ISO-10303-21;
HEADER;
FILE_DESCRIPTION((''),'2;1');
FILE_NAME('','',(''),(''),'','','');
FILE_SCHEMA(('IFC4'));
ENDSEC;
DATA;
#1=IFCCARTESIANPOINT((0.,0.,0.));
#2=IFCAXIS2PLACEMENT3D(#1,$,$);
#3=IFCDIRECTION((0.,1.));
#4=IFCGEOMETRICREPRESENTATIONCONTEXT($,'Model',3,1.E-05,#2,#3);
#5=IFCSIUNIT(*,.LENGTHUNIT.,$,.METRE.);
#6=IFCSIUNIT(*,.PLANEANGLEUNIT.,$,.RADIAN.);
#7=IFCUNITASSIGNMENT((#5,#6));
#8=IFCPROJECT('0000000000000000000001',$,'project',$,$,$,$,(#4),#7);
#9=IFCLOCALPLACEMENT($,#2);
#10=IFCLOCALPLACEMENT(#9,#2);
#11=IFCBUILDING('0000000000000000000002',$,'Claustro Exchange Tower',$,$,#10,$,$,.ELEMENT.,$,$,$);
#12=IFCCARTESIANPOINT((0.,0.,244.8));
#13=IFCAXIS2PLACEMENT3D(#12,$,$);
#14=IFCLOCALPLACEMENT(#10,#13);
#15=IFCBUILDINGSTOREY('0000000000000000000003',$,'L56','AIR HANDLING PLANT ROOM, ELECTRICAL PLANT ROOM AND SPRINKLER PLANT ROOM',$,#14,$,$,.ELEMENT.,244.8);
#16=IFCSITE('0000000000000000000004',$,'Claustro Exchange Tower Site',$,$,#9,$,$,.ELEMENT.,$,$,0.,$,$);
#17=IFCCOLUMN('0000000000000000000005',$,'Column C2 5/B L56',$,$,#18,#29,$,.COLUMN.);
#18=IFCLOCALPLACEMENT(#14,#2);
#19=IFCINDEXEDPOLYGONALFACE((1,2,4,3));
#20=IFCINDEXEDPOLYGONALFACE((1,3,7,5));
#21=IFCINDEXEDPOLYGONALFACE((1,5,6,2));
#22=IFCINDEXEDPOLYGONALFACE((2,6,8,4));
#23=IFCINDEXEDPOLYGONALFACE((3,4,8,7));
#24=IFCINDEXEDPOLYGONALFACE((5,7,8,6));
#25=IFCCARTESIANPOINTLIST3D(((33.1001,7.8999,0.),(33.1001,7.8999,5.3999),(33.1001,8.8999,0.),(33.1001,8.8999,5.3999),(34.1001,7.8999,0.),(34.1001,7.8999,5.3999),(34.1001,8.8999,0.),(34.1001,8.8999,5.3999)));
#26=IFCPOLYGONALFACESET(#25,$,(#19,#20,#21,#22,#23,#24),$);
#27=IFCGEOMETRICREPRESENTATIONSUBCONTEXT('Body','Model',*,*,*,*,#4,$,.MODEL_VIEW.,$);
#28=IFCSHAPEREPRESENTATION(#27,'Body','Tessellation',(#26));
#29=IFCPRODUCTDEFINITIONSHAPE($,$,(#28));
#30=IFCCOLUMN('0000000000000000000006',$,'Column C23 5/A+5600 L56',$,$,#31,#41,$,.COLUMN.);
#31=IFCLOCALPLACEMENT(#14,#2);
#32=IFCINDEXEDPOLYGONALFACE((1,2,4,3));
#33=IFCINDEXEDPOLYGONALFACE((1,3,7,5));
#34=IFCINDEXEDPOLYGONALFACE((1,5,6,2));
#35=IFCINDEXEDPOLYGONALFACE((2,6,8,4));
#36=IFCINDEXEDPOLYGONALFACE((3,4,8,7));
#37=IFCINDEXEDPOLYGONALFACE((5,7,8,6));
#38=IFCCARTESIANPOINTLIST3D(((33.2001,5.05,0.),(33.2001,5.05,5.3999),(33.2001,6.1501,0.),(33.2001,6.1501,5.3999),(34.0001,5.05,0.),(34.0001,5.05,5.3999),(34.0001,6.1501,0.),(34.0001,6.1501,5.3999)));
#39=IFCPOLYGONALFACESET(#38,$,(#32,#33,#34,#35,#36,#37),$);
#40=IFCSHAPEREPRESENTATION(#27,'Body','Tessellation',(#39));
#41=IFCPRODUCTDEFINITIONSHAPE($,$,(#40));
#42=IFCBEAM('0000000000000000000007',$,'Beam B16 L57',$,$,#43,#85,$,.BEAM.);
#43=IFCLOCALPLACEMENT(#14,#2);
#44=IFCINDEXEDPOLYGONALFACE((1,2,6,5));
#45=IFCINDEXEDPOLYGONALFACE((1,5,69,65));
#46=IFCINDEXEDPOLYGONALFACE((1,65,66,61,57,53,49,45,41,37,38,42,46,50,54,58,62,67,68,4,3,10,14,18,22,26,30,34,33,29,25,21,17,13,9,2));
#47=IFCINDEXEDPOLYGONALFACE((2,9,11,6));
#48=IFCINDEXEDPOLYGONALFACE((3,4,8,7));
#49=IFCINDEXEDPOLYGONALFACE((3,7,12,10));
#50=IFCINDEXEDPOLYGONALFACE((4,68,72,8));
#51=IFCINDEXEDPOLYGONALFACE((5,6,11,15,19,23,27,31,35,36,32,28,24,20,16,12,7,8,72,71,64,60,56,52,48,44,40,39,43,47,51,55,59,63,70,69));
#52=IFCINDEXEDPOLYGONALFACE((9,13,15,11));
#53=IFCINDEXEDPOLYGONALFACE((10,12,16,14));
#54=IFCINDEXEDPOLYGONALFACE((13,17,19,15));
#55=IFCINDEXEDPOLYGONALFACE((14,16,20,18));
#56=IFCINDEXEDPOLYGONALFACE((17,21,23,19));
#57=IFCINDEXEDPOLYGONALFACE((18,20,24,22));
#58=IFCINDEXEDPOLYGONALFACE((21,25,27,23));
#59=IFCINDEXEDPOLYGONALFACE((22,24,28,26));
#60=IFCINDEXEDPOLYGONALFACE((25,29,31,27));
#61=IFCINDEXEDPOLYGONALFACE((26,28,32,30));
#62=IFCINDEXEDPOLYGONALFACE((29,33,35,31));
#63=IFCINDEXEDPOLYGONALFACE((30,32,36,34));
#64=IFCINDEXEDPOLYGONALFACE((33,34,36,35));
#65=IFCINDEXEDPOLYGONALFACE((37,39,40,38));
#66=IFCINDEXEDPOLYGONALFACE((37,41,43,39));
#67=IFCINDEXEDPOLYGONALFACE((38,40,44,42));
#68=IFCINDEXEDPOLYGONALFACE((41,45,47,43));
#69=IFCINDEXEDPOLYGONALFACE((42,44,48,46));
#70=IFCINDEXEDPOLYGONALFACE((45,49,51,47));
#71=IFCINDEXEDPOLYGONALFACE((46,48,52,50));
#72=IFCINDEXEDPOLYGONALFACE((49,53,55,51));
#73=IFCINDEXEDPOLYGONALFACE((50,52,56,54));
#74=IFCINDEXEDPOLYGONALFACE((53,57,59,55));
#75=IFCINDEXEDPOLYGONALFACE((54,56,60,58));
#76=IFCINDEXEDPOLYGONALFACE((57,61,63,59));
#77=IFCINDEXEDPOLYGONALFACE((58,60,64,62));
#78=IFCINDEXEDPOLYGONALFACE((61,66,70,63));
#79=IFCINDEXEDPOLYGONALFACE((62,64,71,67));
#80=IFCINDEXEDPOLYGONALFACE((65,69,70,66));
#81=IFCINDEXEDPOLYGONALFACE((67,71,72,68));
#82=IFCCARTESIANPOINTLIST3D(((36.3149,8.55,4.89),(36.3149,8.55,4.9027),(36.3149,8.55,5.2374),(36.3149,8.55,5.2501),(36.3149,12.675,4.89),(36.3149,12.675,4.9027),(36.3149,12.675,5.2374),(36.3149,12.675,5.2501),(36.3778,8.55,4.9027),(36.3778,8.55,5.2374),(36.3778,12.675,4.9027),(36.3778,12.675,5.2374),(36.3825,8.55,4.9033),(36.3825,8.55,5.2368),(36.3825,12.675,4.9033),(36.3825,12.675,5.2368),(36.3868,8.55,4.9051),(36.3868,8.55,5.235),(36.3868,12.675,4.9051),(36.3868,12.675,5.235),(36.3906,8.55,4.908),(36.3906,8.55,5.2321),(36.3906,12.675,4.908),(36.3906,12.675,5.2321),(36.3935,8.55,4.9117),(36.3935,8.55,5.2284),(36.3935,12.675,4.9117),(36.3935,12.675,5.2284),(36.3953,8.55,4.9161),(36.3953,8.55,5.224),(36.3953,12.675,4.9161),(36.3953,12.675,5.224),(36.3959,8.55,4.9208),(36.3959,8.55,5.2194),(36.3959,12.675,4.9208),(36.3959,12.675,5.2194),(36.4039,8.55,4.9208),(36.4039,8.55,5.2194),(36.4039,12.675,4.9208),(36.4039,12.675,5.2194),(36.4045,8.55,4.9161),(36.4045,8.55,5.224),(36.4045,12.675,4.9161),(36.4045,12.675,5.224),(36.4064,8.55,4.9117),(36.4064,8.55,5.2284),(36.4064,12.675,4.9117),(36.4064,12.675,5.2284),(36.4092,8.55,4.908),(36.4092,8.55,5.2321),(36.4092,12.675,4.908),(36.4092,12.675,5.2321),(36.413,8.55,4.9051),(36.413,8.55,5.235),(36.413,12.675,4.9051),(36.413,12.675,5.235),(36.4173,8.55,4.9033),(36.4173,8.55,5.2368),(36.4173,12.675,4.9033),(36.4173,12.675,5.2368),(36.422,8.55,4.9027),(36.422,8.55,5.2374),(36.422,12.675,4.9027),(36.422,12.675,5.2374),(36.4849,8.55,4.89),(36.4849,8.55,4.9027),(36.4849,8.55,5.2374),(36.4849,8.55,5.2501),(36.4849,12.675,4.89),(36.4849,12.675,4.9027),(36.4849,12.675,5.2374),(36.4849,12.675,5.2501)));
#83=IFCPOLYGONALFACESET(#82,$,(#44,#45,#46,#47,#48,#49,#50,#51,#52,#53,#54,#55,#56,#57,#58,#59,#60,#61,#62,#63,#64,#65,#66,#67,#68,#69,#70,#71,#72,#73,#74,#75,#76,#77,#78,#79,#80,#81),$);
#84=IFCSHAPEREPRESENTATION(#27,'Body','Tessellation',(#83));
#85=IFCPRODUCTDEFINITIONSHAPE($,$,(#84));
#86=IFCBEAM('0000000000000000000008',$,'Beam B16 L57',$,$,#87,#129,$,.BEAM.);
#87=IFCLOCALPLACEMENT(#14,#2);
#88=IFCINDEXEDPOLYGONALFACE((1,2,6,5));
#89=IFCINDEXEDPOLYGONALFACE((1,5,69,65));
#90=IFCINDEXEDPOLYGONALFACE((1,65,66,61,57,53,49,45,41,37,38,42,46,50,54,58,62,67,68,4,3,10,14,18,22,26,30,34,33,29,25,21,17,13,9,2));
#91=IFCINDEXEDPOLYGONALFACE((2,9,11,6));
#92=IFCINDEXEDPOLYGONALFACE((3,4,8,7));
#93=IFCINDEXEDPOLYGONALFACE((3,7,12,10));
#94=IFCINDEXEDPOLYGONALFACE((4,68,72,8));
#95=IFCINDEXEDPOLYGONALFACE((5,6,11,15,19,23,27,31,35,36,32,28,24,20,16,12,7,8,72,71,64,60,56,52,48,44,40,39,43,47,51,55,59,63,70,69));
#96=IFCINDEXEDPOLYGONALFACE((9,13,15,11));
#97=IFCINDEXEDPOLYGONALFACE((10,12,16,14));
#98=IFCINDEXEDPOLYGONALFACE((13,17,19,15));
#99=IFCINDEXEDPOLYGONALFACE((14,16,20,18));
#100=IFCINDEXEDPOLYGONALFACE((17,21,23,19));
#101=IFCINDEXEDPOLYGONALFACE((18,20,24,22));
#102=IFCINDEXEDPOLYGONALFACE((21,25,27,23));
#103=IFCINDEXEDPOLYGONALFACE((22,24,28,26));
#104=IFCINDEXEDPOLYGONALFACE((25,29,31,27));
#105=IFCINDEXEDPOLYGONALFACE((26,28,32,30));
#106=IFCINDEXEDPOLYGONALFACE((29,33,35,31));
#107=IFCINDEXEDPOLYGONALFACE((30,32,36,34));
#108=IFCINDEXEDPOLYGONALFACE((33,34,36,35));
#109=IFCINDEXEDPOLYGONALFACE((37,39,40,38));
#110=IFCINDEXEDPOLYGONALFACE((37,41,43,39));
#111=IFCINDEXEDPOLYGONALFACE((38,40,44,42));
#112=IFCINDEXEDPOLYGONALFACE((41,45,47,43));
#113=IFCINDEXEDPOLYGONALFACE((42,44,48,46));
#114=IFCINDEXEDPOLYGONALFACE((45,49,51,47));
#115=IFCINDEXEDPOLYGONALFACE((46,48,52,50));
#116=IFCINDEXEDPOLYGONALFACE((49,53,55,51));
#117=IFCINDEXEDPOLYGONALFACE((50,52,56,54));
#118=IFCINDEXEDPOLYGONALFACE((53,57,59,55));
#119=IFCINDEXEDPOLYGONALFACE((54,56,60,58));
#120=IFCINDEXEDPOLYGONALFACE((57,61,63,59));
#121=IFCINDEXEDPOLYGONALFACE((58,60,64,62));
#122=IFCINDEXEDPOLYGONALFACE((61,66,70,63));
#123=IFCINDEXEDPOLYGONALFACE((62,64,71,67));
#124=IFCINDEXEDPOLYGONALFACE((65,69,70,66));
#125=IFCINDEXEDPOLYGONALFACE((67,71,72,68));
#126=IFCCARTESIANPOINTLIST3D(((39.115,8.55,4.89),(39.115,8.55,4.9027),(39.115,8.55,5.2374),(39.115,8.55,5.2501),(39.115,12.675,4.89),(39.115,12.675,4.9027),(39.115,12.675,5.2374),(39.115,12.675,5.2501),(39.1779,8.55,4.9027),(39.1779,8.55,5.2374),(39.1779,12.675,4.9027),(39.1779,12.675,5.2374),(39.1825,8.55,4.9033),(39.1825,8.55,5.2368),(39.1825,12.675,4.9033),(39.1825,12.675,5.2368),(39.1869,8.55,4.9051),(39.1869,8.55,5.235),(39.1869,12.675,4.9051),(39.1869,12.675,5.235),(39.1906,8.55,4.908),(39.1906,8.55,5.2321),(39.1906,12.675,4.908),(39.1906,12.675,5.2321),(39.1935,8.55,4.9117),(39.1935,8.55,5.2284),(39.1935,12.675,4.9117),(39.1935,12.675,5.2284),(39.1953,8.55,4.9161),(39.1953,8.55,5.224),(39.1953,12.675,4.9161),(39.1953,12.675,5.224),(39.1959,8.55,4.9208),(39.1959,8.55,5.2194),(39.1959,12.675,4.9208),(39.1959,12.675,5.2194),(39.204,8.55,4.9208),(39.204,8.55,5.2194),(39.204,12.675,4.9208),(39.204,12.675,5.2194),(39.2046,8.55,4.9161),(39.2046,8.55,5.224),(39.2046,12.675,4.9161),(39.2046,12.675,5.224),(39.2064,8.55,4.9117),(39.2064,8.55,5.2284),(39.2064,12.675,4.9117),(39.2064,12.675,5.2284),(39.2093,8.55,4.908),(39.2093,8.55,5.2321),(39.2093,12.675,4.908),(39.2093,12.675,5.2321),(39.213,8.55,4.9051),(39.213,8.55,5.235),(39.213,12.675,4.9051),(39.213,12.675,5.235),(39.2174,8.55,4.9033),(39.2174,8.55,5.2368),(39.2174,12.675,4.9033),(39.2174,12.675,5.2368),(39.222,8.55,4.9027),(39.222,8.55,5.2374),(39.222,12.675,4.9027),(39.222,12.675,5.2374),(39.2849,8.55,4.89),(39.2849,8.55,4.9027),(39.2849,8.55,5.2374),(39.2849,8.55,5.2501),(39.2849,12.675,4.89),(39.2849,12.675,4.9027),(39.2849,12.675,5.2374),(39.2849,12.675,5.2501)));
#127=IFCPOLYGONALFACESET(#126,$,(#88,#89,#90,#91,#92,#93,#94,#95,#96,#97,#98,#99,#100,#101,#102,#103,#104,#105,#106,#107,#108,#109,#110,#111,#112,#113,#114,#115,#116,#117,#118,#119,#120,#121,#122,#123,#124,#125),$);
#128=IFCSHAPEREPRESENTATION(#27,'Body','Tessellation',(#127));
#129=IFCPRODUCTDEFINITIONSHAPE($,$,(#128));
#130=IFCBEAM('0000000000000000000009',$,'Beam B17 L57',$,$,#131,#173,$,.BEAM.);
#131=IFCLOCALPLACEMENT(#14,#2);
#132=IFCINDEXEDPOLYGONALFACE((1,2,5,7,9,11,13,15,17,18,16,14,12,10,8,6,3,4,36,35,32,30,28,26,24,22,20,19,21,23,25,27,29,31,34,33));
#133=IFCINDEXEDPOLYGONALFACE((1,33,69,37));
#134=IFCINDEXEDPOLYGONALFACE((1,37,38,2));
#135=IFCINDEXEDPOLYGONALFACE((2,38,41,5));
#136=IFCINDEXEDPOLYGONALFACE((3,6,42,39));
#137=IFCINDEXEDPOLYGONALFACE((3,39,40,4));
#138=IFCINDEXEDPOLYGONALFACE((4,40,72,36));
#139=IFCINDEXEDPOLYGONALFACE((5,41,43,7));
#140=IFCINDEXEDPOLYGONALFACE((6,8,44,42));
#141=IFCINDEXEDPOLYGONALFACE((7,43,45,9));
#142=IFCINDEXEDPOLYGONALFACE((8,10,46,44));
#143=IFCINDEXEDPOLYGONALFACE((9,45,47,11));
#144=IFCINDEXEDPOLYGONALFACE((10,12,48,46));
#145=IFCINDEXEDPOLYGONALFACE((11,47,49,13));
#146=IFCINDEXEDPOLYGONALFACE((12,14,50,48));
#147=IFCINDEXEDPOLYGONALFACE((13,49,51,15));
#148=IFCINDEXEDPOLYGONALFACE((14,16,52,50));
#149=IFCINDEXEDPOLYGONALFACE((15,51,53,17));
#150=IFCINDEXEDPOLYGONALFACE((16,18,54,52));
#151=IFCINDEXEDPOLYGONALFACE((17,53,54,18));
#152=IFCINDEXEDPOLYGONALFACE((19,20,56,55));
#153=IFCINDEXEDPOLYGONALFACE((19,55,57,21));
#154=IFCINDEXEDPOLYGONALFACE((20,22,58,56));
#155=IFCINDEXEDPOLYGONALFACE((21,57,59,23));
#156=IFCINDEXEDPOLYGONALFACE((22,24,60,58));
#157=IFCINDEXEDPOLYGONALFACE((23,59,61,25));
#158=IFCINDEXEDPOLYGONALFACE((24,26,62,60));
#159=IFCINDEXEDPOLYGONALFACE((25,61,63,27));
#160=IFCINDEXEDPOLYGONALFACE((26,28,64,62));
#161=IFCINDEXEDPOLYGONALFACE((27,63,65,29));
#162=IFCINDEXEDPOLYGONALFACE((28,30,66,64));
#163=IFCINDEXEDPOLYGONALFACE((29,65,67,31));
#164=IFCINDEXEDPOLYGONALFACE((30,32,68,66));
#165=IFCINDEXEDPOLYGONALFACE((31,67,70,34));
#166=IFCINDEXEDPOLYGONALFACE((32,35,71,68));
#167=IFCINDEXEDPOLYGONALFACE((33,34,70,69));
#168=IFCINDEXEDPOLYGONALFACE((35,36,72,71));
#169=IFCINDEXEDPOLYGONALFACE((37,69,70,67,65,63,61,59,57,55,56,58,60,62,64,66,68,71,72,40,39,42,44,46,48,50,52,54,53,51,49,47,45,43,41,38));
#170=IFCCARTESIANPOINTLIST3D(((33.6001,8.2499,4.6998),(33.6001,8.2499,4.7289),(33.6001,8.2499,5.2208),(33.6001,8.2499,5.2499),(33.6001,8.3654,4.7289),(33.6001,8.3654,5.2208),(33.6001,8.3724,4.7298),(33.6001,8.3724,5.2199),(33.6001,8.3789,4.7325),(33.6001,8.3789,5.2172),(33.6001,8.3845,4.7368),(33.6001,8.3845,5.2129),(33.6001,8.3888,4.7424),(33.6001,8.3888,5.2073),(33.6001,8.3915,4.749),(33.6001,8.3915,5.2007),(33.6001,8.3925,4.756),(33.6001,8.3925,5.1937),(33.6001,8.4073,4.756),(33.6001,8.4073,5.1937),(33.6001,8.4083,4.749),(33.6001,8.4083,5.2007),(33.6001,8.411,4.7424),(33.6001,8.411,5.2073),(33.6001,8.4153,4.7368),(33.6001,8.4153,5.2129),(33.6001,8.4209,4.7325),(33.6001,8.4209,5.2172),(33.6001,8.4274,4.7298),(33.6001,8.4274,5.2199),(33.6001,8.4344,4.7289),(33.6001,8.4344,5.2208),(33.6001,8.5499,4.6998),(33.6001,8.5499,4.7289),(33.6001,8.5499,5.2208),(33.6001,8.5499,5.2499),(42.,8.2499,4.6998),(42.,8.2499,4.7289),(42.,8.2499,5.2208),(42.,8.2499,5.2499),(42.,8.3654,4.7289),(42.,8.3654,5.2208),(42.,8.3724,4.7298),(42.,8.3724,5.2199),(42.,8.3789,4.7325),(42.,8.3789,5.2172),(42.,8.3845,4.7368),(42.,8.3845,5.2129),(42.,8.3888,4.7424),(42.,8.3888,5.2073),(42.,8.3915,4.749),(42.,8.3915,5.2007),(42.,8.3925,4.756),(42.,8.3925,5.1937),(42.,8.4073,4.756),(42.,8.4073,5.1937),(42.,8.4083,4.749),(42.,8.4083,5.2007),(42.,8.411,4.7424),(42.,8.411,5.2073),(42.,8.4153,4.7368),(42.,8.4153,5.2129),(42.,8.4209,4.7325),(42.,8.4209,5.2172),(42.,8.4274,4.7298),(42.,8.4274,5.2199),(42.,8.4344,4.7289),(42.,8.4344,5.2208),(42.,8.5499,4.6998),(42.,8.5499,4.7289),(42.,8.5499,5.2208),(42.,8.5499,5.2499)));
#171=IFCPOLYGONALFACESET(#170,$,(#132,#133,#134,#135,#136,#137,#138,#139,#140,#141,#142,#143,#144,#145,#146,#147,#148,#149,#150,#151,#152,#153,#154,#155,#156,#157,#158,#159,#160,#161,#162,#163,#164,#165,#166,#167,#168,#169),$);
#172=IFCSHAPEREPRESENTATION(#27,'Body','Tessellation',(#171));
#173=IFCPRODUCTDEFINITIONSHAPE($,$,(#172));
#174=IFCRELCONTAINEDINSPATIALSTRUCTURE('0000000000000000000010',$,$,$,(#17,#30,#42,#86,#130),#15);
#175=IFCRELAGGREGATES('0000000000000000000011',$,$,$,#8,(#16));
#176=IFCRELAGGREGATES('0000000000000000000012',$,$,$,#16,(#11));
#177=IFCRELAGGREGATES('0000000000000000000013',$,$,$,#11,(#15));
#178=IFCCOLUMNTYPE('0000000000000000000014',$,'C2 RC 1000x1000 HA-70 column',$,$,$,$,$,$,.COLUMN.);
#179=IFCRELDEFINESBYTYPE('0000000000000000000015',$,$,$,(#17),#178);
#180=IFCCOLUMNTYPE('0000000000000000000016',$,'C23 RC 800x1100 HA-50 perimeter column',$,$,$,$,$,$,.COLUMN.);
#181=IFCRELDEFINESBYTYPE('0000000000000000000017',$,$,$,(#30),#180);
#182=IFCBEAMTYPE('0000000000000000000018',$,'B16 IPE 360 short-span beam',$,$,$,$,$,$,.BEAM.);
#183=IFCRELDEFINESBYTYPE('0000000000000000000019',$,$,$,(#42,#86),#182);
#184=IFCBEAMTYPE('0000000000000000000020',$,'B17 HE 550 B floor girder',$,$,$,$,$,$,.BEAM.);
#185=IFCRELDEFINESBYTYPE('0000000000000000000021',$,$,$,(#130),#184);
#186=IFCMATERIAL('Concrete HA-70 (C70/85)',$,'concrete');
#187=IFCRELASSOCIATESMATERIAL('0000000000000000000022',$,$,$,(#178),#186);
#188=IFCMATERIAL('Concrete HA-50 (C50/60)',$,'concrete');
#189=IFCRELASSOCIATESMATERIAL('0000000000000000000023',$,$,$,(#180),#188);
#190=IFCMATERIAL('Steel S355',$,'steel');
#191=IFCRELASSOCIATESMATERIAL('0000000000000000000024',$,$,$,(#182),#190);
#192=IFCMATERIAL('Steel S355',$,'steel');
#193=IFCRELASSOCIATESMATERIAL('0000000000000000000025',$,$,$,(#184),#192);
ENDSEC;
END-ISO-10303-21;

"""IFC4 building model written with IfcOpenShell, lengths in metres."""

from ifc_helpers import new_model, si_unit, direction, frame, origin, origin_2d, place, context, subcontext, project, spatial, rectangle, i_section, extrude, material, material_profile, profile_set, type_object, element, save


model = new_model("IFC4")

# Units and contexts
model_context = context("Model", 3, precision=1e-05, world=origin(), true_north=direction((0.0, 1.0)))
body_context = subcontext(model_context, "Body", "Model", "MODEL_VIEW")
ifc_project = project(units=[si_unit("LENGTHUNIT", "METRE"), si_unit("PLANEANGLEUNIT", "RADIAN")], contexts=[model_context])

# Site, building, storey
site_placement = place(None, origin())
site = spatial("IfcSite", under=ifc_project, at=site_placement, Name="Claustro Exchange Tower Site", CompositionType="ELEMENT", RefElevation=0.0)
building_placement = place(site_placement, origin())
building = spatial("IfcBuilding", under=site, at=building_placement, Name="Claustro Exchange Tower", CompositionType="ELEMENT")
storey_placement = place(building_placement, frame((0.0, 0.0, 244.8)))
storey = spatial("IfcBuildingStorey", under=building, at=storey_placement, Name="L56", Description="AIR HANDLING PLANT ROOM, ELECTRICAL PLANT ROOM AND SPRINKLER PLANT ROOM", CompositionType="ELEMENT", Elevation=244.8)

# Columns
ifc_material_1 = material(Name="Concrete HA-70 (C70/85)", Category="concrete")
ifc_material_profile_1 = material_profile(ifc_material_1, rectangle(XDim=1.0, YDim=1.0, at=origin_2d()), Name="RC 1000x1000")
ifc_profile_set_1 = profile_set([ifc_material_profile_1], Name="Concrete HA-70 (C70/85)")
column_type_1 = type_object("IfcColumnType", Name="C2 RC 1000x1000 HA-70 column", PredefinedType="COLUMN", material=ifc_profile_set_1)
column_1_placement = place(storey_placement, frame((33.6001, 8.3999, 0.0), z_axis=(0.0, 0.0, 1.0), x_axis=(1.0, 0.0, 0.0)))
element("IfcColumn", 1, at=column_1_placement, inside=storey, type_object=column_type_1, Name="Column C2 5/B L56", PredefinedType="COLUMN", context=body_context, shape_type="SweptSolid", body=[
    extrude(rectangle(XDim=1.0, YDim=1.0, at=origin_2d()), origin(), (0.0, 0.0, 1.0), 5.3999),
])
ifc_material_2 = material(Name="Concrete HA-50 (C50/60)", Category="concrete")
ifc_material_profile_2 = material_profile(ifc_material_2, rectangle(XDim=0.8, YDim=1.1001, at=origin_2d()), Name="RC 800x1100")
ifc_profile_set_2 = profile_set([ifc_material_profile_2], Name="Concrete HA-50 (C50/60)")
column_type_2 = type_object("IfcColumnType", Name="C23 RC 800x1100 HA-50 perimeter column", PredefinedType="COLUMN", material=ifc_profile_set_2)
column_2_placement = place(storey_placement, frame((33.6001, 5.6001, 0.0), z_axis=(0.0, 0.0, 1.0), x_axis=(1.0, 0.0, 0.0)))
element("IfcColumn", 2, at=column_2_placement, inside=storey, type_object=column_type_2, Name="Column C23 5/A+5600 L56", PredefinedType="COLUMN", context=body_context, shape_type="SweptSolid", body=[
    extrude(rectangle(XDim=0.8, YDim=1.1001, at=origin_2d()), origin(), (0.0, 0.0, 1.0), 5.3999),
])

# Beams
ifc_material_3 = material(Name="Steel S355", Category="steel")
ifc_material_profile_3 = material_profile(ifc_material_3, i_section(OverallWidth=0.1699, OverallDepth=0.3601, WebThickness=0.0081, FlangeThickness=0.0127, FilletRadius=0.0181, at=origin_2d()), Name="IPE 360")
ifc_profile_set_3 = profile_set([ifc_material_profile_3], Name="Steel S355")
beam_type_1 = type_object("IfcBeamType", Name="B16 IPE 360 short-span beam", PredefinedType="BEAM", material=ifc_profile_set_3)
for number, where, z_axis, x_axis, name in (
    (3, (36.3999, 8.55, 5.0701), (0.0, 1.0, 0.0), (-1.0, 0.0, 0.0), "Beam B16 L57"),
    (4, (39.2, 8.55, 5.0701), (0.0, 1.0, 0.0), (-1.0, 0.0, 0.0), "Beam B16 L57"),
):
    element("IfcBeam", number, at=place(storey_placement, frame(where, z_axis=z_axis, x_axis=x_axis)), inside=storey, type_object=beam_type_1, Name=name, PredefinedType="BEAM", context=body_context, shape_type="SweptSolid", body=[
        extrude(i_section(OverallWidth=0.1699, OverallDepth=0.3601, WebThickness=0.0081, FlangeThickness=0.0127, FilletRadius=0.0181, at=origin_2d()), origin(), (0.0, 0.0, 1.0), 4.125),
    ])
ifc_material_4 = material(Name="Steel S355", Category="steel")
ifc_material_profile_4 = material_profile(ifc_material_4, i_section(OverallWidth=0.3, OverallDepth=0.55, WebThickness=0.0149, FlangeThickness=0.0291, FilletRadius=0.0271, at=origin_2d()), Name="HE 550 B")
ifc_profile_set_4 = profile_set([ifc_material_profile_4], Name="Steel S355")
beam_type_2 = type_object("IfcBeamType", Name="B17 HE 550 B floor girder", PredefinedType="BEAM", material=ifc_profile_set_4)
beam_1_placement = place(storey_placement, frame((33.6001, 8.3999, 4.9749), z_axis=(1.0, 0.0, 0.0), x_axis=(0.0, 1.0, 0.0)))
element("IfcBeam", 5, at=beam_1_placement, inside=storey, type_object=beam_type_2, Name="Beam B17 L57", PredefinedType="BEAM", context=body_context, shape_type="SweptSolid", body=[
    extrude(i_section(OverallWidth=0.3, OverallDepth=0.55, WebThickness=0.0149, FlangeThickness=0.0291, FilletRadius=0.0271, at=origin_2d()), origin(), (0.0, 0.0, 1.0), 8.3999),
])

save(model, "model.ifc")
